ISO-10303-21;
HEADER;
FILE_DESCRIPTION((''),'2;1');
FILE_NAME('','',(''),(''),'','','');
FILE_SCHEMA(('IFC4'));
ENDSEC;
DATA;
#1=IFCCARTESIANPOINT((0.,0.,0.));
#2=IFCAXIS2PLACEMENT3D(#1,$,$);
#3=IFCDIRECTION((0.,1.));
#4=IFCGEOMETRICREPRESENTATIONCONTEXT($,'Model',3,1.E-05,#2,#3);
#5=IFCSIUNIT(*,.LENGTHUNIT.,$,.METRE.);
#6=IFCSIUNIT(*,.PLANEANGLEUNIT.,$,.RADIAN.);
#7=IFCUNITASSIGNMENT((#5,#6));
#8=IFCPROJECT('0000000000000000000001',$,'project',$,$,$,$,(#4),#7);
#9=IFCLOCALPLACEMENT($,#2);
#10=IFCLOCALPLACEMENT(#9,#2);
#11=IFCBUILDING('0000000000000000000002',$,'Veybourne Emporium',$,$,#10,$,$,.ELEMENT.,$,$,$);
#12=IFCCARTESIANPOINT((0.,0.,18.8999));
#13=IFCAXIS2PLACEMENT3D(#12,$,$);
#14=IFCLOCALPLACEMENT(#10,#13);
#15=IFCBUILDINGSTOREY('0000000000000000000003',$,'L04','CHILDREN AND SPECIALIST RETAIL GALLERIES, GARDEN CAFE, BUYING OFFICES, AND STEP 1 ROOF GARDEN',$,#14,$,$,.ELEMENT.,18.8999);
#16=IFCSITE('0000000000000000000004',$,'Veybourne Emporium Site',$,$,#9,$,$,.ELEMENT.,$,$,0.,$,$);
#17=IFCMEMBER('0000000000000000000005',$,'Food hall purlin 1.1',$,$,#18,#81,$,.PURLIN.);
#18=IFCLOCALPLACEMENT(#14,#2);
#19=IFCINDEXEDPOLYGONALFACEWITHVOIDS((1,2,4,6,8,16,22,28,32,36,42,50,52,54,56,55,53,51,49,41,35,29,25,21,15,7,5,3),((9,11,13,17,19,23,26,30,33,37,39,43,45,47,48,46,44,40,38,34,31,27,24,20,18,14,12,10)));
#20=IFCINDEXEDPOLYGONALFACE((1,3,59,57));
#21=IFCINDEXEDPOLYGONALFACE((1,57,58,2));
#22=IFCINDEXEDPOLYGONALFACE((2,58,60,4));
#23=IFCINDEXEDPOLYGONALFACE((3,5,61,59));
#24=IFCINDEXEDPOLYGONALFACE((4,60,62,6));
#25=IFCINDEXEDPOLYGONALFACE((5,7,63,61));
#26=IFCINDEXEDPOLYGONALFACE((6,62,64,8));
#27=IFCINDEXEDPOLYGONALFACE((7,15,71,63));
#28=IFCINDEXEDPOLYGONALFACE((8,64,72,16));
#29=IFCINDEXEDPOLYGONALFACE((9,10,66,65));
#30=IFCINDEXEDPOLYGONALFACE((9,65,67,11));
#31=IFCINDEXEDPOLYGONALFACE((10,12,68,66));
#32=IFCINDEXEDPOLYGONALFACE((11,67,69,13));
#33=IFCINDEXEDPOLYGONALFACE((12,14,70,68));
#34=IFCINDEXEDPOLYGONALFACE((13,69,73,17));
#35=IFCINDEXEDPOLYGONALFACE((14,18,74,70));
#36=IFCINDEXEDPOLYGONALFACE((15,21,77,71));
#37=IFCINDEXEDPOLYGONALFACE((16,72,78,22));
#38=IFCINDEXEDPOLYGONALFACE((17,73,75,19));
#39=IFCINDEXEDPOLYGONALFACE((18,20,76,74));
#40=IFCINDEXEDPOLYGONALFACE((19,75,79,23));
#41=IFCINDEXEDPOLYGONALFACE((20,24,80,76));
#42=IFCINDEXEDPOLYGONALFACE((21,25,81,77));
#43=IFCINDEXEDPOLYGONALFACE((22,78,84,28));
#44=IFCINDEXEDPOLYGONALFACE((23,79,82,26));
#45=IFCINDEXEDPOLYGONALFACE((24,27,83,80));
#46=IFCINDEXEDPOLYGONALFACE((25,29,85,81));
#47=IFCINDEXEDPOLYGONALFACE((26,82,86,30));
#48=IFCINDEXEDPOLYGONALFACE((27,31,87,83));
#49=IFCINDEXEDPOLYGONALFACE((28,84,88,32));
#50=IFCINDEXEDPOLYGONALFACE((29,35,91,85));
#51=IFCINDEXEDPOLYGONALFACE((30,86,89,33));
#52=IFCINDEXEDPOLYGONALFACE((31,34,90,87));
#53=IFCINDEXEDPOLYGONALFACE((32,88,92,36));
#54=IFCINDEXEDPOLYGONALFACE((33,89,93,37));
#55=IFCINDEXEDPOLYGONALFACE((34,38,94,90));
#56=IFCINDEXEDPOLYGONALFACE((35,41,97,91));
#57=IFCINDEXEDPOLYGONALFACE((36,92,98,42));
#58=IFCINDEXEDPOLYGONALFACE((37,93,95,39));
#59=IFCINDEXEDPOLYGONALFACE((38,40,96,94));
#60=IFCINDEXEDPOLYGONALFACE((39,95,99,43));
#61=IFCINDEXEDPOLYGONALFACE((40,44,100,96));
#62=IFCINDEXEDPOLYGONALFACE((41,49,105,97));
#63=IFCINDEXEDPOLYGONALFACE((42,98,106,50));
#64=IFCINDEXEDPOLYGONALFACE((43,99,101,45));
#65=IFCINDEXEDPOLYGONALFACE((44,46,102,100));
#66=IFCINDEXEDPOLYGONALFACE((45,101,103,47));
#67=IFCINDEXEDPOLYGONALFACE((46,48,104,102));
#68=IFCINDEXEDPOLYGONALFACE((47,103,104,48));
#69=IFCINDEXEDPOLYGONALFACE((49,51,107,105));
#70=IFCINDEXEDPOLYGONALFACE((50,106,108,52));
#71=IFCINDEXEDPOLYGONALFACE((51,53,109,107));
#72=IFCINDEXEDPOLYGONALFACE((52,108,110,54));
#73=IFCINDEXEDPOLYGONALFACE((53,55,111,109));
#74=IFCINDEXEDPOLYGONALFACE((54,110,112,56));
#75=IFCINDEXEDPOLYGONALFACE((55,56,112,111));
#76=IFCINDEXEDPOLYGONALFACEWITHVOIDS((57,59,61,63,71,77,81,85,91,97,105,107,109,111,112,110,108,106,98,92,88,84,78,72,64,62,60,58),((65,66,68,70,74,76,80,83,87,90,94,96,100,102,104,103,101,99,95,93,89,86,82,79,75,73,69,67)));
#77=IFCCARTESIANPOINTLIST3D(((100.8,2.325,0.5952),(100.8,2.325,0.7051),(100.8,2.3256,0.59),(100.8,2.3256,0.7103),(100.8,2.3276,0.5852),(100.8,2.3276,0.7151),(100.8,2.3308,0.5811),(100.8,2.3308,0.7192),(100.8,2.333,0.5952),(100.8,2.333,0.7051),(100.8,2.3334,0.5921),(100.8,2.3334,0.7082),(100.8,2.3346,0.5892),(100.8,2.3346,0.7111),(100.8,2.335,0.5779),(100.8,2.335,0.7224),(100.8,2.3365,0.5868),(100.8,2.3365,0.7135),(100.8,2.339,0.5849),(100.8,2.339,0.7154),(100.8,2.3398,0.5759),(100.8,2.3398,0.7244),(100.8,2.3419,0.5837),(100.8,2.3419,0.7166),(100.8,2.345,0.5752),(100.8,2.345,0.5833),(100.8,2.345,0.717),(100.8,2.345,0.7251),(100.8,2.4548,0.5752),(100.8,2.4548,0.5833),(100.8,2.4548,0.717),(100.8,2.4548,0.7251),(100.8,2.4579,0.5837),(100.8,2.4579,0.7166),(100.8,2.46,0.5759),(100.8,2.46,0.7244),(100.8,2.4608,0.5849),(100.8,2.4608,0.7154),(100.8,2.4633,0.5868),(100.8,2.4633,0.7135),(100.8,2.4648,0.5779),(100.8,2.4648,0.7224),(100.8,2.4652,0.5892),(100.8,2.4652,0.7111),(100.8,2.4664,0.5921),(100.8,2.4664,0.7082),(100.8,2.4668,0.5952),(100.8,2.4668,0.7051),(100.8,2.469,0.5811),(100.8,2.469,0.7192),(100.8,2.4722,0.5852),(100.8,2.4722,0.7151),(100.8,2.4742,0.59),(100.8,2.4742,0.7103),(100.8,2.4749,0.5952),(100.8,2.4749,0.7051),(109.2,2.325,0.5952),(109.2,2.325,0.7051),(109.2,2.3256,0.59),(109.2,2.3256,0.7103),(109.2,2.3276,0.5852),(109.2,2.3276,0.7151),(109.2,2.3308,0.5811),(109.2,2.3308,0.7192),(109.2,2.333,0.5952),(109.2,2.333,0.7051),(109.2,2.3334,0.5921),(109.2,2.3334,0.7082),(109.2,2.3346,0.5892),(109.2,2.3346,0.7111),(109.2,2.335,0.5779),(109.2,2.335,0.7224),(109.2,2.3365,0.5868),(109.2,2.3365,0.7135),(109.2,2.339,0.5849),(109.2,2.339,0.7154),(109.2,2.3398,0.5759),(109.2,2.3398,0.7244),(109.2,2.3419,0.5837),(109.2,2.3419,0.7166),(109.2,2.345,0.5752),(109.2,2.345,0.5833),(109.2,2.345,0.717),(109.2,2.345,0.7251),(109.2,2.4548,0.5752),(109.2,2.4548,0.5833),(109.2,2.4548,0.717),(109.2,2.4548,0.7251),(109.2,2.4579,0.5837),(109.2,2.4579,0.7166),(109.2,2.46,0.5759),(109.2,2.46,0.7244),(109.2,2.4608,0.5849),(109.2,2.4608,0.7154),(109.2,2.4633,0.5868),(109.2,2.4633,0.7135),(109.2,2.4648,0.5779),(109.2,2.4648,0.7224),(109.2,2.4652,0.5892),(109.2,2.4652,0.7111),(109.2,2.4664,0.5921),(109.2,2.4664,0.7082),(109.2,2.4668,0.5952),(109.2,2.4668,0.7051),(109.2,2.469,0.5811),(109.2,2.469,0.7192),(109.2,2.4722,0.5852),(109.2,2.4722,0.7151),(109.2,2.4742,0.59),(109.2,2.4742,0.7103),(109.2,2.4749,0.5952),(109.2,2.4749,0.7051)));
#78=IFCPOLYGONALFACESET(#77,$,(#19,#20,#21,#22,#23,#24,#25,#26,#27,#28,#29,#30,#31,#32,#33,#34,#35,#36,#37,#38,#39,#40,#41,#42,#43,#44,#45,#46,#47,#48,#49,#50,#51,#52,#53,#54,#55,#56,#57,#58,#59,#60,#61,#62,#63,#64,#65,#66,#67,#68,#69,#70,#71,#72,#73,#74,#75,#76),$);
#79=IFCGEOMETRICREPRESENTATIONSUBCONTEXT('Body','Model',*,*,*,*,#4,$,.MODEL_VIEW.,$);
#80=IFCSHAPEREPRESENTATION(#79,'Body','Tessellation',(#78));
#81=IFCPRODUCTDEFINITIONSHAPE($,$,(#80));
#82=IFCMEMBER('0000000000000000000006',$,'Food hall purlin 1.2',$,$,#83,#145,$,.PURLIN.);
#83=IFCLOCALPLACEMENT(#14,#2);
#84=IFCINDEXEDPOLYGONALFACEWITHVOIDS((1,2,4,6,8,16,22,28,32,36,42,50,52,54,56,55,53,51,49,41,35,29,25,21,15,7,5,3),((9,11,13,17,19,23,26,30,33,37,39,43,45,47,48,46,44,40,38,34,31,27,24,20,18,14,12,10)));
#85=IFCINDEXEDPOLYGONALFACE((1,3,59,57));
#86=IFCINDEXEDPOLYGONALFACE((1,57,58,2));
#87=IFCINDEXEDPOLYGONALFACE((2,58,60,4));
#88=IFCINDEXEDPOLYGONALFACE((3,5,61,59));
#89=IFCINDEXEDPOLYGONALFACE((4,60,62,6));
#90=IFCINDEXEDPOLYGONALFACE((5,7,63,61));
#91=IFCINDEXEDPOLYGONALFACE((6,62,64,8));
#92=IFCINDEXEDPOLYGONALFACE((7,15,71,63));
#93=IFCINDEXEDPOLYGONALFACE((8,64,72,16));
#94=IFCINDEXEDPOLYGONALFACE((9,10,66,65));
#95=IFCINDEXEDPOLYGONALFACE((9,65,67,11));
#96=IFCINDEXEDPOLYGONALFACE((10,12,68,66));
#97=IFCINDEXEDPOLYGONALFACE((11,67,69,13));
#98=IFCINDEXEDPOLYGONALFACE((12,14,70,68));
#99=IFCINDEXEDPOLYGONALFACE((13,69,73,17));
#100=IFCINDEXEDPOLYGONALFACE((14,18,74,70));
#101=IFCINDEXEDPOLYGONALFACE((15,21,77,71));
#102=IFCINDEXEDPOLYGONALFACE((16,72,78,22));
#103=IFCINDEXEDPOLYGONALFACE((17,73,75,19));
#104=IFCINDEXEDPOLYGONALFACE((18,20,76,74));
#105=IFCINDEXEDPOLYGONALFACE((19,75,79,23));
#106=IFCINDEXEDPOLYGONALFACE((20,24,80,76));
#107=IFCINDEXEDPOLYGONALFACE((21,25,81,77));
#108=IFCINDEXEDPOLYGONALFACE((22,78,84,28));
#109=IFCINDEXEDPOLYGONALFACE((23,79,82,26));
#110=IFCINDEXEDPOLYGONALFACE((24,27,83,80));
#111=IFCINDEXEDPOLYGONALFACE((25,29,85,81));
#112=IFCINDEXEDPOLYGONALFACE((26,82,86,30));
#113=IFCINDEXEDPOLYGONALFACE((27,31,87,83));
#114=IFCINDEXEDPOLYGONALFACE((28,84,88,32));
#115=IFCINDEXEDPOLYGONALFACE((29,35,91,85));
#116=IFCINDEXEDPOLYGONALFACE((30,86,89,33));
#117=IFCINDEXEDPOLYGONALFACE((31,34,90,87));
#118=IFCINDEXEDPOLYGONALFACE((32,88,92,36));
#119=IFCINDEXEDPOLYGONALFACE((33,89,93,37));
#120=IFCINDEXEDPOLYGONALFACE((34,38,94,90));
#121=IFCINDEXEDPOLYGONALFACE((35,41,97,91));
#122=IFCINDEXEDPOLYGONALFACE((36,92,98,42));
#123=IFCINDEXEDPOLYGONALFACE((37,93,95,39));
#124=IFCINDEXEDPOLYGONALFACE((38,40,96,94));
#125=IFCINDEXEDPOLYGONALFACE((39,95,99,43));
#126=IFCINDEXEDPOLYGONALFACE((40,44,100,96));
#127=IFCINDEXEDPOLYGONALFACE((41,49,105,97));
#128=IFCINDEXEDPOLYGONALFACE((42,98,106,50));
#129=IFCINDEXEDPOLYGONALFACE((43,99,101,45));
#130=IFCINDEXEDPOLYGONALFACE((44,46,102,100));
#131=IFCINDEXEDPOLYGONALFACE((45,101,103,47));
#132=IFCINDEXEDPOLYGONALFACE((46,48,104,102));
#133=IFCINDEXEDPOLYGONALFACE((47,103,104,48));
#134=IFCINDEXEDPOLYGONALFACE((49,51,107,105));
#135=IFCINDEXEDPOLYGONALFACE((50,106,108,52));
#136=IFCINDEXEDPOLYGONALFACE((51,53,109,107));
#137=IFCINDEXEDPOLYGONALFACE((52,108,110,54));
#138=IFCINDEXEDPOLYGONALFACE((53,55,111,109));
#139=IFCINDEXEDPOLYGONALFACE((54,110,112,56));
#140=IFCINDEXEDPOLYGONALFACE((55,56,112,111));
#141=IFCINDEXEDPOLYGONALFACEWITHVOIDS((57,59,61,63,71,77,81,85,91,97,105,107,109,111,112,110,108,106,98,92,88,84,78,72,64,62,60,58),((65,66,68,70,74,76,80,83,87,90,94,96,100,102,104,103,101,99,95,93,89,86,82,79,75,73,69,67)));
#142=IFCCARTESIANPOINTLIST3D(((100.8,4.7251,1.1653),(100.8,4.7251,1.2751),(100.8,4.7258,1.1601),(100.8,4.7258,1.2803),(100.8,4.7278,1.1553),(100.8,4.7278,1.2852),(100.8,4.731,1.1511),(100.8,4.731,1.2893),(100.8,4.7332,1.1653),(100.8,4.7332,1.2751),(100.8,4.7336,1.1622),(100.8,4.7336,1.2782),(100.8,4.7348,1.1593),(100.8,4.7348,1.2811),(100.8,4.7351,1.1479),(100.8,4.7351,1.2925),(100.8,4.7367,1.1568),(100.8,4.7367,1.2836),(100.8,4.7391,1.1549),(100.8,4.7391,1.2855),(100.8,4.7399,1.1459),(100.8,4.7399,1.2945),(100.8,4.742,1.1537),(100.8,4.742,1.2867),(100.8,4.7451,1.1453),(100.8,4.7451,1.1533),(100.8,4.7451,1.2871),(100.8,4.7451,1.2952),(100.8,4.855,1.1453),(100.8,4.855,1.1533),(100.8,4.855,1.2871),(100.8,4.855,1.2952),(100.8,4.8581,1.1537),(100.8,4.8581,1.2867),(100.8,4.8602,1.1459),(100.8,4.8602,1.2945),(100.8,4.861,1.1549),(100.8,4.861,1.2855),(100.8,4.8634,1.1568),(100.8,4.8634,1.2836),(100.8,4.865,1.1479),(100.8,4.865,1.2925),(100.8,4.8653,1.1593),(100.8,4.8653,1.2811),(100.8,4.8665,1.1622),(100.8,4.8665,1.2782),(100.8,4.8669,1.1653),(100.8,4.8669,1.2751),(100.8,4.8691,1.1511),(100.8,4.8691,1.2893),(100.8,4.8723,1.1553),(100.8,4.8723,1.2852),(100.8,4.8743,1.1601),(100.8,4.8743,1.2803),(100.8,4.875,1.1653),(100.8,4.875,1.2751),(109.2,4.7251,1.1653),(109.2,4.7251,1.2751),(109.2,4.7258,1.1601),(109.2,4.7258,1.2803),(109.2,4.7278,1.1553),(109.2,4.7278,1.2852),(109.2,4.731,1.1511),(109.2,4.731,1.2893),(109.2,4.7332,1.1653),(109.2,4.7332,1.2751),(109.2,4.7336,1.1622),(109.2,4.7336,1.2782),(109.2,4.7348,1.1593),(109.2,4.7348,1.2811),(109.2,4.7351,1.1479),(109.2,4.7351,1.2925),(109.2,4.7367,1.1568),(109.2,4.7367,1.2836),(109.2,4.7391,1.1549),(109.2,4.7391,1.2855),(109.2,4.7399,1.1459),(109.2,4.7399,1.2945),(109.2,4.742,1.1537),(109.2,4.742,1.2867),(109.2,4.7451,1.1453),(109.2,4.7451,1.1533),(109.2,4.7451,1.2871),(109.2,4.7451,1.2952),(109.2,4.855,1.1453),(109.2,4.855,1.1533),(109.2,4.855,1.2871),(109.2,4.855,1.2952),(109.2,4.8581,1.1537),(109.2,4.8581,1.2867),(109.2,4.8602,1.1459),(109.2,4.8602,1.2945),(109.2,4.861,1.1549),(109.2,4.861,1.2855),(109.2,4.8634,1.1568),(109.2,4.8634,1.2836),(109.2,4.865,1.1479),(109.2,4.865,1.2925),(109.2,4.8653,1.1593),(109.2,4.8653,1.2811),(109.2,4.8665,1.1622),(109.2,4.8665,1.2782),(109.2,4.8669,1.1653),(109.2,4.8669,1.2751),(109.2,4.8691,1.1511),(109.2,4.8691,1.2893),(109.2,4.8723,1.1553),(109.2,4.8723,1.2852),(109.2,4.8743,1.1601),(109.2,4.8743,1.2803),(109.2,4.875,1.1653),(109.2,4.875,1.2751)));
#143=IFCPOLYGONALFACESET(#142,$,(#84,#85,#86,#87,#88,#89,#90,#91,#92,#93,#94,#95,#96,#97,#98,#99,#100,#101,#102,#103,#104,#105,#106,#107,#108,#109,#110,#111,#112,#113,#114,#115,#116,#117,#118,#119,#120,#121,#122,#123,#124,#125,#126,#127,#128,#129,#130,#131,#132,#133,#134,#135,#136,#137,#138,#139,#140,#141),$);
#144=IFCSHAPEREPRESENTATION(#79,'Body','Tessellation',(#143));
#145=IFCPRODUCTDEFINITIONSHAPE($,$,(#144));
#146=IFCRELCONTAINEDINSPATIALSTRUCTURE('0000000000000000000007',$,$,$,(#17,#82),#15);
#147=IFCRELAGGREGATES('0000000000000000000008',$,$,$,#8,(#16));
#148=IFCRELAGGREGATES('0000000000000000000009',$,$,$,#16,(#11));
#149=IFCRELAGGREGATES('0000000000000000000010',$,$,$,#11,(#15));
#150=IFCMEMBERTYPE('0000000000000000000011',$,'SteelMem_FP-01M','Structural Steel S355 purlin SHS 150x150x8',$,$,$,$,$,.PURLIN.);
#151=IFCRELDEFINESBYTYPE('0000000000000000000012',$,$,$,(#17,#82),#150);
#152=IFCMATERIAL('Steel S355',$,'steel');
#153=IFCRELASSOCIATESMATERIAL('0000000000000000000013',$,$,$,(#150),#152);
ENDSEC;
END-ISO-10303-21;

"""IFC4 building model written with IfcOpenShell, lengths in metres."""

from ifc_helpers import new_model, si_unit, direction, frame, origin, origin_2d, place, context, subcontext, project, spatial, hollow_rectangle, extrude, material, material_profile, profile_set, type_object, element, save


model = new_model("IFC4")

# Units and contexts
model_context = context("Model", 3, precision=1e-05, world=origin(), true_north=direction((0.0, 1.0)))
body_context = subcontext(model_context, "Body", "Model", "MODEL_VIEW")
ifc_project = project(units=[si_unit("LENGTHUNIT", "METRE"), si_unit("PLANEANGLEUNIT", "RADIAN")], contexts=[model_context])

# Site, building, storey
site_placement = place(None, origin())
site = spatial("IfcSite", under=ifc_project, at=site_placement, Name="Veybourne Emporium Site", CompositionType="ELEMENT", RefElevation=0.0)
building_placement = place(site_placement, origin())
building = spatial("IfcBuilding", under=site, at=building_placement, Name="Veybourne Emporium", CompositionType="ELEMENT")
storey_placement = place(building_placement, frame((0.0, 0.0, 18.8999)))
storey = spatial("IfcBuildingStorey", under=building, at=storey_placement, Name="L04", Description="CHILDREN AND SPECIALIST RETAIL GALLERIES, GARDEN CAFE, BUYING OFFICES, AND STEP 1 ROOF GARDEN", CompositionType="ELEMENT", Elevation=18.8999)

# Shared definitions
ifc_material_1 = material(Name="Steel S355", Category="steel")

# Members
ifc_material_profile_1 = material_profile(ifc_material_1, hollow_rectangle(XDim=0.1499, YDim=0.1499, WallThickness=0.0081, InnerFilletRadius=0.012, OuterFilletRadius=0.02, at=origin_2d()), Name="SHS 150x150x8")
ifc_profile_set_1 = profile_set([ifc_material_profile_1], Name="Steel S355")
member_type_1 = type_object("IfcMemberType", Name="SteelMem_FP-01M", Description="Structural Steel S355 purlin SHS 150x150x8", PredefinedType="PURLIN", material=ifc_profile_set_1)
for number, where, z_axis, x_axis, name in (
    (1, (100.8, 2.3999, 0.6501), (1.0, 0.0, 0.0), (0.0, 1.0, 0.0), "Food hall purlin 1.1"),
    (2, (100.8, 4.8, 1.2202), (1.0, 0.0, 0.0), (0.0, 1.0, 0.0), "Food hall purlin 1.2"),
):
    element("IfcMember", number, at=place(storey_placement, frame(where, z_axis=z_axis, x_axis=x_axis)), inside=storey, type_object=member_type_1, Name=name, PredefinedType="PURLIN", context=body_context, shape_type="SweptSolid", body=[
        extrude(hollow_rectangle(XDim=0.1499, YDim=0.1499, WallThickness=0.0081, InnerFilletRadius=0.012, OuterFilletRadius=0.02, at=origin_2d()), origin(), (0.0, 0.0, 1.0), 8.3999),
    ])

save(model, "model.ifc")
